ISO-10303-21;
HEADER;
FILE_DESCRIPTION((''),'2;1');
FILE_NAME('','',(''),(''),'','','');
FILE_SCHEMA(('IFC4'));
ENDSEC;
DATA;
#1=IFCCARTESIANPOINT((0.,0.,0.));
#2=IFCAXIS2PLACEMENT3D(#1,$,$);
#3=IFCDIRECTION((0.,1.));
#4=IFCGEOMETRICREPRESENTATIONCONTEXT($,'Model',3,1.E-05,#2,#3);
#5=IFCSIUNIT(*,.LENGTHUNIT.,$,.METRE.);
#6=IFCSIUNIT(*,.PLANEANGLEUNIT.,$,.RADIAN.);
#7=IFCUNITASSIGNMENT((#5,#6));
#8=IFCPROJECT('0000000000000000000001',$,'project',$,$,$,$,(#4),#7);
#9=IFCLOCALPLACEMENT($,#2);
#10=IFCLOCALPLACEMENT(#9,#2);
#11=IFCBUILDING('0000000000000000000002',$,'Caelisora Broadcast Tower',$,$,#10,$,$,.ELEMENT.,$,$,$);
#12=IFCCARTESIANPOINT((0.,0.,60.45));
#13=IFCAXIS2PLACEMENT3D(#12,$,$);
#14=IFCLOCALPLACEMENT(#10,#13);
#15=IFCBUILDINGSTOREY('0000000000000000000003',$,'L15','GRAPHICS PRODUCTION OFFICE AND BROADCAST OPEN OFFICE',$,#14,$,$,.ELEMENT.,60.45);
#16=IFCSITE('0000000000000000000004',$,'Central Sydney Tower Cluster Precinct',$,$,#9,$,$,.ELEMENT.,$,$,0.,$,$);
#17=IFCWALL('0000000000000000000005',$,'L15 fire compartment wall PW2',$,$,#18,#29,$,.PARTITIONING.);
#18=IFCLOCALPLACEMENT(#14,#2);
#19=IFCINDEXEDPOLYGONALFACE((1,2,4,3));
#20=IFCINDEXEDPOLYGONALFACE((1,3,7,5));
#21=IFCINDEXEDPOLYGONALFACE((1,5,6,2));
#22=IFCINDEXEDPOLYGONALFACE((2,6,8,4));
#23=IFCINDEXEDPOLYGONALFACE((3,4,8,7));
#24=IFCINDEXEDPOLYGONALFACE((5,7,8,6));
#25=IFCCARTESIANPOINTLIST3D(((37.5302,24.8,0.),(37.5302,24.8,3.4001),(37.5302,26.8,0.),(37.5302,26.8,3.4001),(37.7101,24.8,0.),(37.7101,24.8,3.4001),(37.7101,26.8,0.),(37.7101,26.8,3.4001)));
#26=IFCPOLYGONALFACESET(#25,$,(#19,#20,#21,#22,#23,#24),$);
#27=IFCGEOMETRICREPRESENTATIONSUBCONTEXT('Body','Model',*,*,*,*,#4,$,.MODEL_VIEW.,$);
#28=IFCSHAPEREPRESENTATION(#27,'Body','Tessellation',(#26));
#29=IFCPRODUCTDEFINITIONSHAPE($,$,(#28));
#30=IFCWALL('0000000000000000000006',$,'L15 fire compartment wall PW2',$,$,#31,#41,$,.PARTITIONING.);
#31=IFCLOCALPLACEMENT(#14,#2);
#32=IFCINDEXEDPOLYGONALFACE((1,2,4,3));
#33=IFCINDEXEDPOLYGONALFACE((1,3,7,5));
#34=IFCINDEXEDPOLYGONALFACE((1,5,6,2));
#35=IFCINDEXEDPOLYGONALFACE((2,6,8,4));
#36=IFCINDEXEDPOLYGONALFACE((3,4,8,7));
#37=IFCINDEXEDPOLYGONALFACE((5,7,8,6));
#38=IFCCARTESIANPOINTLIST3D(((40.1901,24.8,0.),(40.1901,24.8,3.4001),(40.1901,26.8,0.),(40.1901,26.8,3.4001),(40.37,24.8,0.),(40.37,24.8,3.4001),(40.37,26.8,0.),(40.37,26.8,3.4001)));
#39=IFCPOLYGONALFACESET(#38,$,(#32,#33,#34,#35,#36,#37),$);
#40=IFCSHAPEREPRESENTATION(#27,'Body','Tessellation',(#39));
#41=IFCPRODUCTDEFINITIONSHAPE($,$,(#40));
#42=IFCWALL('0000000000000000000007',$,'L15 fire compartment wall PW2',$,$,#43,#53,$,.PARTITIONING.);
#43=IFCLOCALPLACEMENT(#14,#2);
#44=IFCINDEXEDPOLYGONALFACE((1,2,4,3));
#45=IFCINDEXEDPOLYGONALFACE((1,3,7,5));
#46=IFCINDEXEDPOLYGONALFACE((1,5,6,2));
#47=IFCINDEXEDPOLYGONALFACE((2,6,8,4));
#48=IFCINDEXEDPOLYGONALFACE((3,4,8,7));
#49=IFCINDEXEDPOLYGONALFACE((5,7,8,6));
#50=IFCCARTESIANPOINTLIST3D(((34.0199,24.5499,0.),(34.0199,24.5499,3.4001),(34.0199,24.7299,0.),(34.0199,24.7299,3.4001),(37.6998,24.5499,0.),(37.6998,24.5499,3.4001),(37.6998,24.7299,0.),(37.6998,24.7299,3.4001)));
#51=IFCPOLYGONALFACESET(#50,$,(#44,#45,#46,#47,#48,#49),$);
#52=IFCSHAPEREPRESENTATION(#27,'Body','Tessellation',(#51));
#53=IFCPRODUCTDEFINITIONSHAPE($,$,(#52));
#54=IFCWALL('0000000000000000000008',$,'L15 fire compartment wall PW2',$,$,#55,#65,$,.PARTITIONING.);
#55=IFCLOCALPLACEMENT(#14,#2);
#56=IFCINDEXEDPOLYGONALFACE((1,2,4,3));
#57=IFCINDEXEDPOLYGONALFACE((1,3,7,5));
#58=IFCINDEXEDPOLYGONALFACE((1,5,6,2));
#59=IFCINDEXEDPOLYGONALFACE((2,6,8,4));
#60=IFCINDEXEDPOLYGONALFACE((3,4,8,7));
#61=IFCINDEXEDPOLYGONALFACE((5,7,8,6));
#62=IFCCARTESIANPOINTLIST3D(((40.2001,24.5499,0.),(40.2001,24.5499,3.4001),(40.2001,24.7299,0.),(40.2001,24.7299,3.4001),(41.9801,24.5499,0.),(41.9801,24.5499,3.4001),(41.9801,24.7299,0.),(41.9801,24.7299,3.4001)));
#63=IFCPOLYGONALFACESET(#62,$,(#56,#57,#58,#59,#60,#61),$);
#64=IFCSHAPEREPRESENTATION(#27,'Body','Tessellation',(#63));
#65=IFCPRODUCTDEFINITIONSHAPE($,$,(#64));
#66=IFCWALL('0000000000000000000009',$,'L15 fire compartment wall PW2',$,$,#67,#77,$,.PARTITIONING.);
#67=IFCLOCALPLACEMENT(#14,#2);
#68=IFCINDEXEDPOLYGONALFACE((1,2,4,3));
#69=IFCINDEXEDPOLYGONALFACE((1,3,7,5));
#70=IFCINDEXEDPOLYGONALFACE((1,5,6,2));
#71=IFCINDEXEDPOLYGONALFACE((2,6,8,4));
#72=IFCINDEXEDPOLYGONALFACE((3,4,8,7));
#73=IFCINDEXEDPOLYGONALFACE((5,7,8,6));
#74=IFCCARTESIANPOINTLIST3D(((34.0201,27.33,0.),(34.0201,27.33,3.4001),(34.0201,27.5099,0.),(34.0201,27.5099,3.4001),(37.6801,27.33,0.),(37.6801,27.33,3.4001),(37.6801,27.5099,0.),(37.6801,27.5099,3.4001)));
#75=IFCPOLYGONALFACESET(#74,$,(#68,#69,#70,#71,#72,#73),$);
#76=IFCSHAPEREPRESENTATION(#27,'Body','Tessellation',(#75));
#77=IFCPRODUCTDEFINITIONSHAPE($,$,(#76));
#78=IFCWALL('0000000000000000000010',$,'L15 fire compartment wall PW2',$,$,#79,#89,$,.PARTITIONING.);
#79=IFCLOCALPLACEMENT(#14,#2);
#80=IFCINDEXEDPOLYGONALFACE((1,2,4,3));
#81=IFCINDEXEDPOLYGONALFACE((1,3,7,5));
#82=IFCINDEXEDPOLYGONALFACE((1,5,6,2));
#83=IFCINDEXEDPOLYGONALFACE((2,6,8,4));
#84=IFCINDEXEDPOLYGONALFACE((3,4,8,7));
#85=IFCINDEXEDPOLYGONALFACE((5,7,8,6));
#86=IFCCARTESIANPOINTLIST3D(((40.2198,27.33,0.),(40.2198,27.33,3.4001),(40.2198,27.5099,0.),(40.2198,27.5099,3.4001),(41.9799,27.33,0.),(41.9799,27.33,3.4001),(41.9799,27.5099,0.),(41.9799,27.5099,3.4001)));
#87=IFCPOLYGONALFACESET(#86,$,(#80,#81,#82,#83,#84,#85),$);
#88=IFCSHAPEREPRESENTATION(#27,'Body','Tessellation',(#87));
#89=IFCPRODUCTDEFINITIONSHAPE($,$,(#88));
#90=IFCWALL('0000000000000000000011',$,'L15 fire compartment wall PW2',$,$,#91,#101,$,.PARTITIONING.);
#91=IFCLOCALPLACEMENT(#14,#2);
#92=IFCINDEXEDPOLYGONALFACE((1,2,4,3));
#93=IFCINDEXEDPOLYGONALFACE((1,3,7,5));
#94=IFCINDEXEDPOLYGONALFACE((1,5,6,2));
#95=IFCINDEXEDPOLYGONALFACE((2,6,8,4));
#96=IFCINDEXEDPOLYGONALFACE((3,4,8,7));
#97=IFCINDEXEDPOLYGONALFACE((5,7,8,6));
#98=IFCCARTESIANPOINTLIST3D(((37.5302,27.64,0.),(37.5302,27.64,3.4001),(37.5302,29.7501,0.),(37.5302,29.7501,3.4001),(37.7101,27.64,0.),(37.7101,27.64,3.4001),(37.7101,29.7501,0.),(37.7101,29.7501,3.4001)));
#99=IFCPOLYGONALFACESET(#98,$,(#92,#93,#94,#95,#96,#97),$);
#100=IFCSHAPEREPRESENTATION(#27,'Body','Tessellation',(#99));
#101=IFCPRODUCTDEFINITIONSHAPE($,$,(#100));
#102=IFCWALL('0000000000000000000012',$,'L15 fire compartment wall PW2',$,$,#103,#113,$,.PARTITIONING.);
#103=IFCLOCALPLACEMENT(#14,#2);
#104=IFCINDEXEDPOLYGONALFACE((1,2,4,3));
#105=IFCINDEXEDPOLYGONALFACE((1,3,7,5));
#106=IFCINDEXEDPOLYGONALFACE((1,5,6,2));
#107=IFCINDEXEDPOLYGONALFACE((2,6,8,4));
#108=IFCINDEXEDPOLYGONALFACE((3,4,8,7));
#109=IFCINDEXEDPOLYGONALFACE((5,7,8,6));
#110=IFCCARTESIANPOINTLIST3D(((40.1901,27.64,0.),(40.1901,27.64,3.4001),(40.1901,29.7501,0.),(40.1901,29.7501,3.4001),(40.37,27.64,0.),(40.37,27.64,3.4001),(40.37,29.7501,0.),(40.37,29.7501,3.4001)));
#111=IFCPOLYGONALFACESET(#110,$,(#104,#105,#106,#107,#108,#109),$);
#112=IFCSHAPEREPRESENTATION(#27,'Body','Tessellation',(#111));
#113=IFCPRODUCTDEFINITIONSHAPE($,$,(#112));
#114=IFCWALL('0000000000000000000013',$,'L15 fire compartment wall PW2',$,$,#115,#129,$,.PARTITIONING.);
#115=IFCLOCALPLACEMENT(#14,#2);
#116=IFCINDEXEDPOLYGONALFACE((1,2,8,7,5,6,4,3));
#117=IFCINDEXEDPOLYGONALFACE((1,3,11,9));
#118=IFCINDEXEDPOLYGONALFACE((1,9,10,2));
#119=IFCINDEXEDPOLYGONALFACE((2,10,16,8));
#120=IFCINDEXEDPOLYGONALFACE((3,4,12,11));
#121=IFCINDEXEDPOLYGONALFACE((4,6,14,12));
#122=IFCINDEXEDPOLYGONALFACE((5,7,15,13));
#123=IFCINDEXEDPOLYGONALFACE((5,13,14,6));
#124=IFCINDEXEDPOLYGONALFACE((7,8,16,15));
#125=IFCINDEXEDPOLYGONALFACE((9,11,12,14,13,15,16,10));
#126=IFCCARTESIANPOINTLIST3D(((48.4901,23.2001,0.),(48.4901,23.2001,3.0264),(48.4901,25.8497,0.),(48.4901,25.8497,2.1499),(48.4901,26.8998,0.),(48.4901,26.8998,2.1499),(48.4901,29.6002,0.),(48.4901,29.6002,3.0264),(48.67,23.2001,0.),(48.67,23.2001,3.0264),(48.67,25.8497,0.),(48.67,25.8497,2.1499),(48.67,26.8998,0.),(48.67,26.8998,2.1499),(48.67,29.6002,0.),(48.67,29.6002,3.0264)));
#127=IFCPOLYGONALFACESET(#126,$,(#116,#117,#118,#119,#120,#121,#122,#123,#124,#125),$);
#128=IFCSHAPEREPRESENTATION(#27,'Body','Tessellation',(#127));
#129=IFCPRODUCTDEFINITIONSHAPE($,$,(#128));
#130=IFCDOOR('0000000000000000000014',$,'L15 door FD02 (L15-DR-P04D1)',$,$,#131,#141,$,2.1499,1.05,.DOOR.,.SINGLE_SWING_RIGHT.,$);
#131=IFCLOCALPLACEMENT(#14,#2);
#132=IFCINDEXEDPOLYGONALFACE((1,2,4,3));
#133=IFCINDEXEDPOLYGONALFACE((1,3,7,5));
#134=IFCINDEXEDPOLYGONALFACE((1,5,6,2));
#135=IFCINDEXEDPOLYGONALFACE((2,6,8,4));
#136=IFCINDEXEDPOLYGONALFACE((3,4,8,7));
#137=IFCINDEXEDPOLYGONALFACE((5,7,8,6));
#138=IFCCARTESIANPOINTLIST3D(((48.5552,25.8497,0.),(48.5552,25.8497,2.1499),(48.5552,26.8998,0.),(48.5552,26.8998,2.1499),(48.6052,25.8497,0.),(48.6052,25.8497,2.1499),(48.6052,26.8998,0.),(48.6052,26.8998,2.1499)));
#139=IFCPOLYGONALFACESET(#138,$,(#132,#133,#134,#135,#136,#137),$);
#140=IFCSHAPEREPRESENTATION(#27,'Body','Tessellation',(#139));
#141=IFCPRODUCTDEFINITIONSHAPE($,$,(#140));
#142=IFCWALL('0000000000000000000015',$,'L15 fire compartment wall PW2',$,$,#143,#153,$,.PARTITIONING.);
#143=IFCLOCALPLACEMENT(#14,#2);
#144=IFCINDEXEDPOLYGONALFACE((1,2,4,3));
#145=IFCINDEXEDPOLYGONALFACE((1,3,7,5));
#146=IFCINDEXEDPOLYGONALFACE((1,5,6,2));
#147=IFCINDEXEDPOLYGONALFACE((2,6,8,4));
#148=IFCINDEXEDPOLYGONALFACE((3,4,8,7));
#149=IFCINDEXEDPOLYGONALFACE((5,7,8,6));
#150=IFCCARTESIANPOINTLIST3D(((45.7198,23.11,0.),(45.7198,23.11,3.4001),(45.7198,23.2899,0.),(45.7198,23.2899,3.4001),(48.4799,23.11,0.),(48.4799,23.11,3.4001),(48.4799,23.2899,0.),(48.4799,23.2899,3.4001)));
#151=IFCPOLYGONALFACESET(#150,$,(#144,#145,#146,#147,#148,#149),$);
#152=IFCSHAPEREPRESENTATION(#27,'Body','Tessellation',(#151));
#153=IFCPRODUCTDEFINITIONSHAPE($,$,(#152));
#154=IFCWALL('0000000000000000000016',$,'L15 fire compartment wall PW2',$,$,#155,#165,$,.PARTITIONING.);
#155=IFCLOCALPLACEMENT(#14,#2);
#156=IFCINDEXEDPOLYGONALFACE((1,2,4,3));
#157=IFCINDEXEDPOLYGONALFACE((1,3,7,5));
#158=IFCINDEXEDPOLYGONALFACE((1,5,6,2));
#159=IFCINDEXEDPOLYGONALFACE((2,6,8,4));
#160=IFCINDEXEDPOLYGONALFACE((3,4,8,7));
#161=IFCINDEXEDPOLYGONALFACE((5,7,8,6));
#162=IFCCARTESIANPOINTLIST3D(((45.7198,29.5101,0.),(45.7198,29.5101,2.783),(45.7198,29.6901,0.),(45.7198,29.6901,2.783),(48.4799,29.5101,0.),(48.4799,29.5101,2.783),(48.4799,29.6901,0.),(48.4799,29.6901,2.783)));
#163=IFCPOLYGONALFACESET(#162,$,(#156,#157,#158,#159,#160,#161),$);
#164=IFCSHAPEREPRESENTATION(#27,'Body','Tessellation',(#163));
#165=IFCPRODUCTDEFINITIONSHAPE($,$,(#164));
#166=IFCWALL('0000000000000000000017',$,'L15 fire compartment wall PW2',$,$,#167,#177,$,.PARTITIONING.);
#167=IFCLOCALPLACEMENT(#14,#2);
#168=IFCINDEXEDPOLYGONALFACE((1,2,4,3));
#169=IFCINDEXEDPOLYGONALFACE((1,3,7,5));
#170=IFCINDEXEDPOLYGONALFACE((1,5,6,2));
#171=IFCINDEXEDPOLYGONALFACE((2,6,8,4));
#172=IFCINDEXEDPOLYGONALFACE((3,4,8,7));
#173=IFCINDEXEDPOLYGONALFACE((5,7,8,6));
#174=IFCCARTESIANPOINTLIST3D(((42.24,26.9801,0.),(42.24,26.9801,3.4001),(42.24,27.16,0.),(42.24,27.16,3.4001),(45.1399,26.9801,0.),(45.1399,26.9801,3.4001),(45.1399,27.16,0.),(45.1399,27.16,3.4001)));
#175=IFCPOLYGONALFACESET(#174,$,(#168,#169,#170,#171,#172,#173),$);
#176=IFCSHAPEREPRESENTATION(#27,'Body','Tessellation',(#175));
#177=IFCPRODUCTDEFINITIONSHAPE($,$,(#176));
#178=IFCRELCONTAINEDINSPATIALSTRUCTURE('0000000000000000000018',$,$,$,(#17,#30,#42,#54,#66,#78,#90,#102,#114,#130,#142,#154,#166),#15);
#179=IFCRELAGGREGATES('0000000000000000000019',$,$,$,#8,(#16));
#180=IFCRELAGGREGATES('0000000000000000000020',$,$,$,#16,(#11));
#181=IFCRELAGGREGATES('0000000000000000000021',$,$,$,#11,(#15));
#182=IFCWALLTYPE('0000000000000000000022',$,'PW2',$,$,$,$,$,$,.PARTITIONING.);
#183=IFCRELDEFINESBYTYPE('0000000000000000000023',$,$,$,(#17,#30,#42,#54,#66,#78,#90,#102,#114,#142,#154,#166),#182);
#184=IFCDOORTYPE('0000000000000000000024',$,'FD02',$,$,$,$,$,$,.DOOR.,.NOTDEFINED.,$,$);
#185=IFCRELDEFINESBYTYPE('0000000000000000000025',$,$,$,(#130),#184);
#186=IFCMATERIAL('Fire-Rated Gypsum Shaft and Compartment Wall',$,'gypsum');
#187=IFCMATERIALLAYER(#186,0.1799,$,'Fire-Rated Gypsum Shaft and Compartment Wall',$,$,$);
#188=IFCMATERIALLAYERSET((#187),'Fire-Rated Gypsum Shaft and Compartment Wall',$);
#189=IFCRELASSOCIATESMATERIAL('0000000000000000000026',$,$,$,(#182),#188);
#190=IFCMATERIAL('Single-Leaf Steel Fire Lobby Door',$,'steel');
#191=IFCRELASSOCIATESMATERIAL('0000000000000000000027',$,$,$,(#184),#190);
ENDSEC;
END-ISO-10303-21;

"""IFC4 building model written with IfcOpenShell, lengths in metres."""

from ifc_helpers import new_model, si_unit, direction, frame, frame_2d, origin, place, context, subcontext, project, spatial, rectangle, extrude, material, layer, layer_set, type_object, element, fill, save


model = new_model("IFC4")

# Units and contexts
model_context = context("Model", 3, precision=1e-05, world=origin(), true_north=direction((0.0, 1.0)))
body_context = subcontext(model_context, "Body", "Model", "MODEL_VIEW")
ifc_project = project(units=[si_unit("LENGTHUNIT", "METRE"), si_unit("PLANEANGLEUNIT", "RADIAN")], contexts=[model_context])

# Site, building, storey
site_placement = place(None, origin())
site = spatial("IfcSite", under=ifc_project, at=site_placement, Name="Central Sydney Tower Cluster Precinct", CompositionType="ELEMENT", RefElevation=0.0)
building_placement = place(site_placement, origin())
building = spatial("IfcBuilding", under=site, at=building_placement, Name="Caelisora Broadcast Tower", CompositionType="ELEMENT")
storey_placement = place(building_placement, frame((0.0, 0.0, 60.45)))
storey = spatial("IfcBuildingStorey", under=building, at=storey_placement, Name="L15", Description="GRAPHICS PRODUCTION OFFICE AND BROADCAST OPEN OFFICE", CompositionType="ELEMENT", Elevation=60.45)

# Walls
ifc_material_1 = material(Name="Fire-Rated Gypsum Shaft and Compartment Wall", Category="gypsum")
ifc_layer_1 = layer(ifc_material_1, 0.1799, Name="Fire-Rated Gypsum Shaft and Compartment Wall")
ifc_layer_set_1 = layer_set([ifc_layer_1], Name="Fire-Rated Gypsum Shaft and Compartment Wall")
wall_type_1 = type_object("IfcWallType", Name="PW2", PredefinedType="PARTITIONING", material=ifc_layer_set_1)
for number, where, z_axis, x_axis, name in (
    (1, (37.6201, 24.8, 0.0), (0.0, 0.0, 1.0), (0.0, 1.0, 0.0), "L15 fire compartment wall PW2"),
    (2, (40.28, 24.8, 0.0), (0.0, 0.0, 1.0), (0.0, 1.0, 0.0), "L15 fire compartment wall PW2"),
):
    element("IfcWall", number, at=place(storey_placement, frame(where, z_axis=z_axis, x_axis=x_axis)), inside=storey, type_object=wall_type_1, Name=name, PredefinedType="PARTITIONING", context=body_context, shape_type="SweptSolid", body=[
        extrude(rectangle(XDim=2.0, YDim=0.1799, at=frame_2d((1.0, 0.0))), origin(), (0.0, 0.0, 1.0), 3.4001),
    ])
wall_1_placement = place(storey_placement, frame((34.02, 24.6399, 0.0), z_axis=(0.0, 0.0, 1.0), x_axis=(1.0, 0.0, 0.0)))
element("IfcWall", 3, at=wall_1_placement, inside=storey, type_object=wall_type_1, Name="L15 fire compartment wall PW2", PredefinedType="PARTITIONING", context=body_context, shape_type="SweptSolid", body=[
    extrude(rectangle(XDim=3.6799, YDim=0.1799, at=frame_2d((1.8398, 0.0))), origin(), (0.0, 0.0, 1.0), 3.4001),
])
wall_2_placement = place(storey_placement, frame((40.2, 24.6399, 0.0), z_axis=(0.0, 0.0, 1.0), x_axis=(1.0, 0.0, 0.0)))
element("IfcWall", 4, at=wall_2_placement, inside=storey, type_object=wall_type_1, Name="L15 fire compartment wall PW2", PredefinedType="PARTITIONING", context=body_context, shape_type="SweptSolid", body=[
    extrude(rectangle(XDim=1.78, YDim=0.1799, at=frame_2d((0.8901, 0.0))), origin(), (0.0, 0.0, 1.0), 3.4001),
])
wall_3_placement = place(storey_placement, frame((34.02, 27.4199, 0.0), z_axis=(0.0, 0.0, 1.0), x_axis=(1.0, 0.0, 0.0)))
element("IfcWall", 5, at=wall_3_placement, inside=storey, type_object=wall_type_1, Name="L15 fire compartment wall PW2", PredefinedType="PARTITIONING", context=body_context, shape_type="SweptSolid", body=[
    extrude(rectangle(XDim=3.6599, YDim=0.1799, at=frame_2d((1.8301, 0.0))), origin(), (0.0, 0.0, 1.0), 3.4001),
])
wall_4_placement = place(storey_placement, frame((40.22, 27.4199, 0.0), z_axis=(0.0, 0.0, 1.0), x_axis=(1.0, 0.0, 0.0)))
element("IfcWall", 6, at=wall_4_placement, inside=storey, type_object=wall_type_1, Name="L15 fire compartment wall PW2", PredefinedType="PARTITIONING", context=body_context, shape_type="SweptSolid", body=[
    extrude(rectangle(XDim=1.76, YDim=0.1799, at=frame_2d((0.8799, 0.0))), origin(), (0.0, 0.0, 1.0), 3.4001),
])
for number, where, z_axis, x_axis, name in (
    (7, (37.6201, 27.6399, 0.0), (0.0, 0.0, 1.0), (0.0, 1.0, 0.0), "L15 fire compartment wall PW2"),
    (8, (40.28, 27.6399, 0.0), (0.0, 0.0, 1.0), (0.0, 1.0, 0.0), "L15 fire compartment wall PW2"),
):
    element("IfcWall", number, at=place(storey_placement, frame(where, z_axis=z_axis, x_axis=x_axis)), inside=storey, type_object=wall_type_1, Name=name, PredefinedType="PARTITIONING", context=body_context, shape_type="SweptSolid", body=[
        extrude(rectangle(XDim=2.1101, YDim=0.1799, at=frame_2d((1.0552, 0.0))), origin(), (0.0, 0.0, 1.0), 3.4001),
    ])

# Wall, opening, door
wall_5_placement = place(storey_placement, frame((48.5801, 23.2, 0.0), z_axis=(0.0, 0.0, 1.0), x_axis=(0.0, 1.0, 0.0)))
wall_5 = element("IfcWall", 9, at=wall_5_placement, inside=storey, type_object=wall_type_1, Name="L15 fire compartment wall PW2", PredefinedType="PARTITIONING", context=body_context, shape_type="SweptSolid", body=[
    extrude(rectangle(XDim=6.4001, YDim=0.1799, at=frame_2d((3.2002, 0.0))), origin(), (0.0, 0.0, 1.0), 3.0264),
])
opening_placement = place(wall_5_placement, frame((2.6499, 0.0, 0.0)))
opening = element("IfcOpeningElement", 10, at=opening_placement, cuts=wall_5, PredefinedType="OPENING", context=body_context, shape_type="SweptSolid", body=[
    extrude(rectangle(XDim=1.05, YDim=2.1499, at=frame_2d((0.5249, 1.075))), frame((0.0, 0.1021, 0.0), z_axis=(0.0, -1.0, 0.0), x_axis=(1.0, 0.0, 0.0)), (0.0, 0.0, 1.0), 0.2039),
])
ifc_material_2 = material(Name="Single-Leaf Steel Fire Lobby Door", Category="steel")
door_type = type_object("IfcDoorType", Name="FD02", OperationType="NOTDEFINED", PredefinedType="DOOR", material=ifc_material_2)
door_placement = place(opening_placement, origin())
door = element("IfcDoor", 11, at=door_placement, inside=storey, type_object=door_type, Name="L15 door FD02 (L15-DR-P04D1)", OperationType="SINGLE_SWING_RIGHT", OverallHeight=2.1499, OverallWidth=1.05, PredefinedType="DOOR", context=body_context, shape_type="SweptSolid", body=[
    extrude(rectangle(XDim=1.05, YDim=2.1499, at=frame_2d((0.5249, 1.075))), frame((0.0, 0.0249, 0.0), z_axis=(0.0, -1.0, 0.0), x_axis=(1.0, 0.0, 0.0)), (0.0, 0.0, 1.0), 0.05),
])
fill(opening, door)

# Walls
wall_6_placement = place(storey_placement, frame((45.72, 23.2, 0.0), z_axis=(0.0, 0.0, 1.0), x_axis=(1.0, 0.0, 0.0)))
element("IfcWall", 12, at=wall_6_placement, inside=storey, type_object=wall_type_1, Name="L15 fire compartment wall PW2", PredefinedType="PARTITIONING", context=body_context, shape_type="SweptSolid", body=[
    extrude(rectangle(XDim=2.76, YDim=0.1799, at=frame_2d((1.3799, 0.0))), origin(), (0.0, 0.0, 1.0), 3.4001),
])
wall_7_placement = place(storey_placement, frame((45.72, 29.6001, 0.0), z_axis=(0.0, 0.0, 1.0), x_axis=(1.0, 0.0, 0.0)))
element("IfcWall", 13, at=wall_7_placement, inside=storey, type_object=wall_type_1, Name="L15 fire compartment wall PW2", PredefinedType="PARTITIONING", context=body_context, shape_type="SweptSolid", body=[
    extrude(rectangle(XDim=2.76, YDim=0.1799, at=frame_2d((1.3799, 0.0))), origin(), (0.0, 0.0, 1.0), 2.783),
])
wall_8_placement = place(storey_placement, frame((42.24, 27.0701, 0.0), z_axis=(0.0, 0.0, 1.0), x_axis=(1.0, 0.0, 0.0)))
element("IfcWall", 14, at=wall_8_placement, inside=storey, type_object=wall_type_1, Name="L15 fire compartment wall PW2", PredefinedType="PARTITIONING", context=body_context, shape_type="SweptSolid", body=[
    extrude(rectangle(XDim=2.8999, YDim=0.1799, at=frame_2d((1.45, 0.0))), origin(), (0.0, 0.0, 1.0), 3.4001),
])

save(model, "model.ifc")
